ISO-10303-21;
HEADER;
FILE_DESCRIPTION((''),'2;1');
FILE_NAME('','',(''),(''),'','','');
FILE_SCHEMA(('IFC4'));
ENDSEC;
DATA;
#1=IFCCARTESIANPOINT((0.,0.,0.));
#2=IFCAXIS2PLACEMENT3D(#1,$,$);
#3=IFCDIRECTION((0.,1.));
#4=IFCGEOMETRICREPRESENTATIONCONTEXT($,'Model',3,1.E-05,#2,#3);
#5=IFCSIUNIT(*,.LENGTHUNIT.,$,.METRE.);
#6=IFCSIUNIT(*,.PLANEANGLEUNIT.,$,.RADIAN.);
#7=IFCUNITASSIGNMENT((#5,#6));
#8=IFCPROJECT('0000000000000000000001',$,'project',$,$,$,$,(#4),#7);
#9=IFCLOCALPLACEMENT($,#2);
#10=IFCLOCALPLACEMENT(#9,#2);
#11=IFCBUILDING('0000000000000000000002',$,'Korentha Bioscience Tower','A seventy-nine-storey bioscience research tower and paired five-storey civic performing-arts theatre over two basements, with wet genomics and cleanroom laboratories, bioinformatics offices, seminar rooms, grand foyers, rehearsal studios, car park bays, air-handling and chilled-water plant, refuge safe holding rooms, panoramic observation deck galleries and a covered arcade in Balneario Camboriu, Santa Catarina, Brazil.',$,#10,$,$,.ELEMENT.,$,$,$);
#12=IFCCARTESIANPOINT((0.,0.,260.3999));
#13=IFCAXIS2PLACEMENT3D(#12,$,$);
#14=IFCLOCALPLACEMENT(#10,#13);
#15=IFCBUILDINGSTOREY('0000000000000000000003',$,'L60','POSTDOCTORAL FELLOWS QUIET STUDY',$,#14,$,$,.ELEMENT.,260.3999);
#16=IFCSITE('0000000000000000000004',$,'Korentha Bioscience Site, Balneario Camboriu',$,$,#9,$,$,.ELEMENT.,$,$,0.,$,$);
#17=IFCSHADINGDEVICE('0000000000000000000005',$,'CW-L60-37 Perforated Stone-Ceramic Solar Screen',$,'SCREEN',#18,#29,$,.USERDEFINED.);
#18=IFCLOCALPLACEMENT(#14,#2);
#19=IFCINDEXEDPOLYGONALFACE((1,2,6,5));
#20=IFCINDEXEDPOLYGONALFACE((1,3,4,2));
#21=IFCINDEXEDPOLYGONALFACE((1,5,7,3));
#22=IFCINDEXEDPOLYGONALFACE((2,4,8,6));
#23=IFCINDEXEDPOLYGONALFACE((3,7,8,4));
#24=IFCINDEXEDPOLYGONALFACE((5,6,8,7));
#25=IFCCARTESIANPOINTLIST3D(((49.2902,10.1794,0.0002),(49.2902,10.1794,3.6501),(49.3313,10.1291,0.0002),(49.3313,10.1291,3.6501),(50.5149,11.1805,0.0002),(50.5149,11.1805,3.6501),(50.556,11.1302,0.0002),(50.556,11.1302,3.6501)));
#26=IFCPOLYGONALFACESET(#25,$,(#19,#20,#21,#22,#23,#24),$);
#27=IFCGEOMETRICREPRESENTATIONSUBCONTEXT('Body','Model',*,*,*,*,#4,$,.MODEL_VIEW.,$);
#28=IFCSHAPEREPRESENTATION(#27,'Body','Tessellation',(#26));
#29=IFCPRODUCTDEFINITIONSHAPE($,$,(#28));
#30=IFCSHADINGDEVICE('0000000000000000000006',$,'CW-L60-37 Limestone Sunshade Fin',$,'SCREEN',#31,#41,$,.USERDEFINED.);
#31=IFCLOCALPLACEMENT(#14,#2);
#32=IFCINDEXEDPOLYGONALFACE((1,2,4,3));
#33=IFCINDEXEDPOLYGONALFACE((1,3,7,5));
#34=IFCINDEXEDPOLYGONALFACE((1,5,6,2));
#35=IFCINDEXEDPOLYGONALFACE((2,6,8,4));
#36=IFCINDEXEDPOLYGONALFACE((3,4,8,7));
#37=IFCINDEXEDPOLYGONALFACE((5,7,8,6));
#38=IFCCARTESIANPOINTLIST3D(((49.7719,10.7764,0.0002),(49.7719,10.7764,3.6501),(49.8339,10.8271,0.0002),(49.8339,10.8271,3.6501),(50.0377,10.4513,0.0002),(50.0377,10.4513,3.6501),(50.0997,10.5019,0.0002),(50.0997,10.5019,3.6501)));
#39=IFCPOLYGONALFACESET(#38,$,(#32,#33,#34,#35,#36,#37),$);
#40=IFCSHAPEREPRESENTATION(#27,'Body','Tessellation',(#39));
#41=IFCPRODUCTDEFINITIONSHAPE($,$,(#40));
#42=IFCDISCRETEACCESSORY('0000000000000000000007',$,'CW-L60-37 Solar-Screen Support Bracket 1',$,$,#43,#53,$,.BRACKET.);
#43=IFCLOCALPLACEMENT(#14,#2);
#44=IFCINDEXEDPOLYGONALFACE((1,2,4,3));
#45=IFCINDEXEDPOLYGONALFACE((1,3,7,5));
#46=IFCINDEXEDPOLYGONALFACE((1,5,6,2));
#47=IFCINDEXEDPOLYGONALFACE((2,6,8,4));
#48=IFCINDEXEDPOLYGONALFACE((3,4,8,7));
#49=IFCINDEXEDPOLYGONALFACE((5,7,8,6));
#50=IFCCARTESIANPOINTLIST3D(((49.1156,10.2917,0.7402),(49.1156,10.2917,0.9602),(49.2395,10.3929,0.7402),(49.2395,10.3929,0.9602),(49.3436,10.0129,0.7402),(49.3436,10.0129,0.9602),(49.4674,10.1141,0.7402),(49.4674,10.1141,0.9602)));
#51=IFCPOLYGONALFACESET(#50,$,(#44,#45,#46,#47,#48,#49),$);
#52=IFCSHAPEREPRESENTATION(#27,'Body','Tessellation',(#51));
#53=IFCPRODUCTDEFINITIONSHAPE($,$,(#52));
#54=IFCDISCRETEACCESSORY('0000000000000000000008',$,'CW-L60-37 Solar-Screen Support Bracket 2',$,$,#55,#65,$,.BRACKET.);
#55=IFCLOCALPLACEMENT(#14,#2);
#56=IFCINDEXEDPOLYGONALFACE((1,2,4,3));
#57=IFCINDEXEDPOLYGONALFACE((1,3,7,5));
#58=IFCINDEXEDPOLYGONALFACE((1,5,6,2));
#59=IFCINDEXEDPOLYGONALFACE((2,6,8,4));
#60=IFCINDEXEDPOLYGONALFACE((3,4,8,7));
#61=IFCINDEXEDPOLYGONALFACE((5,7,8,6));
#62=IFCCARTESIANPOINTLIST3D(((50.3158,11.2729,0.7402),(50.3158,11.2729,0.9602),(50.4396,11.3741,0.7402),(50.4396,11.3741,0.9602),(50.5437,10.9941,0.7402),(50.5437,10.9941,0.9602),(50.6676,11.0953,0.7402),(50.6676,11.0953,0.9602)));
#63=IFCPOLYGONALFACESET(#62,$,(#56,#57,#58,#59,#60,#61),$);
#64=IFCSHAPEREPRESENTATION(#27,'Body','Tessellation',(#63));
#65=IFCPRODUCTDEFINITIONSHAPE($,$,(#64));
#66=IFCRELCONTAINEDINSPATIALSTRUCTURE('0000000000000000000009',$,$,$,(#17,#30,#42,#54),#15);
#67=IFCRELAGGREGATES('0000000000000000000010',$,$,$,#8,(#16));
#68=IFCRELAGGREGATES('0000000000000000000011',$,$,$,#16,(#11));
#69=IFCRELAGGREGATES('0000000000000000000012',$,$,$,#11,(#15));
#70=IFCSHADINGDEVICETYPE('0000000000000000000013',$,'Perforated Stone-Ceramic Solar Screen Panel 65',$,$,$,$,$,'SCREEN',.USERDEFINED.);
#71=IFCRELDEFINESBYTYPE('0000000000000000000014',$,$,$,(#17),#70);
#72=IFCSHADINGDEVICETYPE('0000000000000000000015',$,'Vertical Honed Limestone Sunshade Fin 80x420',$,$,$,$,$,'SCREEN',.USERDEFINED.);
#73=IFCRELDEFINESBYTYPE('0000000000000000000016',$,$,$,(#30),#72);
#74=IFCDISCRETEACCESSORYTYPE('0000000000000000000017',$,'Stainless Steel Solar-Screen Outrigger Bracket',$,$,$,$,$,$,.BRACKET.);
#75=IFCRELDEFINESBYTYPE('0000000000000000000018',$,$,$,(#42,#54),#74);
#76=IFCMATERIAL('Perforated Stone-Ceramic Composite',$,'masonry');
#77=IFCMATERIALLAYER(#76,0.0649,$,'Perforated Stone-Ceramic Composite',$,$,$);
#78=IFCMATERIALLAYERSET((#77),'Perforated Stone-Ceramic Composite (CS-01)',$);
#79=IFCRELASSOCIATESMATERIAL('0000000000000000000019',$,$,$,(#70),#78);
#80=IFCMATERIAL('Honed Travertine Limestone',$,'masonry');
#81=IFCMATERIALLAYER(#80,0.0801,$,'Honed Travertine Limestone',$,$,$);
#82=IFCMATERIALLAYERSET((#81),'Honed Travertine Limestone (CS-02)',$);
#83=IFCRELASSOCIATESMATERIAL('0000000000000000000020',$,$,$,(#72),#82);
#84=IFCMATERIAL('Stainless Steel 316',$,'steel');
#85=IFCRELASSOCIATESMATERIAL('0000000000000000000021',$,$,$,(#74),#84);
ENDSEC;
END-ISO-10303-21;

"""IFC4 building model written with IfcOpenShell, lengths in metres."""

from ifc_helpers import new_model, si_unit, direction, frame, origin, origin_2d, place, context, subcontext, project, spatial, rectangle, extrude, material, layer, layer_set, type_object, element, save


model = new_model("IFC4")

# Units and contexts
model_context = context("Model", 3, precision=1e-05, world=origin(), true_north=direction((0.0, 1.0)))
body_context = subcontext(model_context, "Body", "Model", "MODEL_VIEW")
ifc_project = project(units=[si_unit("LENGTHUNIT", "METRE"), si_unit("PLANEANGLEUNIT", "RADIAN")], contexts=[model_context])

# Site, building, storey
site_placement = place(None, origin())
site = spatial("IfcSite", under=ifc_project, at=site_placement, Name="Korentha Bioscience Site, Balneario Camboriu", CompositionType="ELEMENT", RefElevation=0.0)
building_placement = place(site_placement, origin())
building = spatial("IfcBuilding", under=site, at=building_placement, Name="Korentha Bioscience Tower", Description="A seventy-nine-storey bioscience research tower and paired five-storey civic performing-arts theatre over two basements, with wet genomics and cleanroom laboratories, bioinformatics offices, seminar rooms, grand foyers, rehearsal studios, car park bays, air-handling and chilled-water plant, refuge safe holding rooms, panoramic observation deck galleries and a covered arcade in Balneario Camboriu, Santa Catarina, Brazil.", CompositionType="ELEMENT")
storey_placement = place(building_placement, frame((0.0, 0.0, 260.3999)))
storey = spatial("IfcBuildingStorey", under=building, at=storey_placement, Name="L60", Description="POSTDOCTORAL FELLOWS QUIET STUDY", CompositionType="ELEMENT", Elevation=260.3999)

# Shading devices
ifc_material_1 = material(Name="Perforated Stone-Ceramic Composite", Category="masonry")
ifc_layer_1 = layer(ifc_material_1, 0.0649, Name="Perforated Stone-Ceramic Composite")
ifc_layer_set_1 = layer_set([ifc_layer_1], Name="Perforated Stone-Ceramic Composite (CS-01)")
shading_device_type_1 = type_object("IfcShadingDeviceType", Name="Perforated Stone-Ceramic Solar Screen Panel 65", ElementType="SCREEN", PredefinedType="USERDEFINED", material=ifc_layer_set_1)
shading_device_1_placement = place(storey_placement, frame((49.9231, 10.6548, 0.0002), z_axis=(0.0, 0.0, 1.0), x_axis=(0.774235, 0.632898, 0.0)))
element("IfcShadingDevice", 1, at=shading_device_1_placement, inside=storey, type_object=shading_device_type_1, Name="CW-L60-37 Perforated Stone-Ceramic Solar Screen", ObjectType="SCREEN", PredefinedType="USERDEFINED", context=body_context, shape_type="SweptSolid", body=[
    extrude(rectangle(XDim=1.5818, YDim=0.0649, at=origin_2d()), origin(), (0.0, 0.0, 1.0), 3.6499),
])
ifc_material_2 = material(Name="Honed Travertine Limestone", Category="masonry")
ifc_layer_2 = layer(ifc_material_2, 0.0801, Name="Honed Travertine Limestone")
ifc_layer_set_2 = layer_set([ifc_layer_2], Name="Honed Travertine Limestone (CS-02)")
shading_device_type_2 = type_object("IfcShadingDeviceType", Name="Vertical Honed Limestone Sunshade Fin 80x420", ElementType="SCREEN", PredefinedType="USERDEFINED", material=ifc_layer_set_2)
shading_device_2_placement = place(storey_placement, frame((49.9358, 10.6392, 0.0002), z_axis=(0.0, 0.0, 1.0), x_axis=(0.774235, 0.632898, 0.0)))
element("IfcShadingDevice", 2, at=shading_device_2_placement, inside=storey, type_object=shading_device_type_2, Name="CW-L60-37 Limestone Sunshade Fin", ObjectType="SCREEN", PredefinedType="USERDEFINED", context=body_context, shape_type="SweptSolid", body=[
    extrude(rectangle(XDim=0.0801, YDim=0.4199, at=origin_2d()), origin(), (0.0, 0.0, 1.0), 3.6499),
])

# Discrete accessories
ifc_material_3 = material(Name="Stainless Steel 316", Category="steel")
discrete_accessory_type = type_object("IfcDiscreteAccessoryType", Name="Stainless Steel Solar-Screen Outrigger Bracket", PredefinedType="BRACKET", material=ifc_material_3)
for number, where, z_axis, x_axis, name in (
    (3, (49.2915, 10.2029, 0.7402), (0.0, 0.0, 1.0), (0.774235, 0.632898, 0.0), "CW-L60-37 Solar-Screen Support Bracket 1"),
    (4, (50.4917, 11.1841, 0.7402), (0.0, 0.0, 1.0), (0.774235, 0.632898, 0.0), "CW-L60-37 Solar-Screen Support Bracket 2"),
):
    element("IfcDiscreteAccessory", number, at=place(storey_placement, frame(where, z_axis=z_axis, x_axis=x_axis)), inside=storey, type_object=discrete_accessory_type, Name=name, PredefinedType="BRACKET", context=body_context, shape_type="SweptSolid", body=[
        extrude(rectangle(XDim=0.1599, YDim=0.3601, at=origin_2d()), origin(), (0.0, 0.0, 1.0), 0.22),
    ])

save(model, "model.ifc")
